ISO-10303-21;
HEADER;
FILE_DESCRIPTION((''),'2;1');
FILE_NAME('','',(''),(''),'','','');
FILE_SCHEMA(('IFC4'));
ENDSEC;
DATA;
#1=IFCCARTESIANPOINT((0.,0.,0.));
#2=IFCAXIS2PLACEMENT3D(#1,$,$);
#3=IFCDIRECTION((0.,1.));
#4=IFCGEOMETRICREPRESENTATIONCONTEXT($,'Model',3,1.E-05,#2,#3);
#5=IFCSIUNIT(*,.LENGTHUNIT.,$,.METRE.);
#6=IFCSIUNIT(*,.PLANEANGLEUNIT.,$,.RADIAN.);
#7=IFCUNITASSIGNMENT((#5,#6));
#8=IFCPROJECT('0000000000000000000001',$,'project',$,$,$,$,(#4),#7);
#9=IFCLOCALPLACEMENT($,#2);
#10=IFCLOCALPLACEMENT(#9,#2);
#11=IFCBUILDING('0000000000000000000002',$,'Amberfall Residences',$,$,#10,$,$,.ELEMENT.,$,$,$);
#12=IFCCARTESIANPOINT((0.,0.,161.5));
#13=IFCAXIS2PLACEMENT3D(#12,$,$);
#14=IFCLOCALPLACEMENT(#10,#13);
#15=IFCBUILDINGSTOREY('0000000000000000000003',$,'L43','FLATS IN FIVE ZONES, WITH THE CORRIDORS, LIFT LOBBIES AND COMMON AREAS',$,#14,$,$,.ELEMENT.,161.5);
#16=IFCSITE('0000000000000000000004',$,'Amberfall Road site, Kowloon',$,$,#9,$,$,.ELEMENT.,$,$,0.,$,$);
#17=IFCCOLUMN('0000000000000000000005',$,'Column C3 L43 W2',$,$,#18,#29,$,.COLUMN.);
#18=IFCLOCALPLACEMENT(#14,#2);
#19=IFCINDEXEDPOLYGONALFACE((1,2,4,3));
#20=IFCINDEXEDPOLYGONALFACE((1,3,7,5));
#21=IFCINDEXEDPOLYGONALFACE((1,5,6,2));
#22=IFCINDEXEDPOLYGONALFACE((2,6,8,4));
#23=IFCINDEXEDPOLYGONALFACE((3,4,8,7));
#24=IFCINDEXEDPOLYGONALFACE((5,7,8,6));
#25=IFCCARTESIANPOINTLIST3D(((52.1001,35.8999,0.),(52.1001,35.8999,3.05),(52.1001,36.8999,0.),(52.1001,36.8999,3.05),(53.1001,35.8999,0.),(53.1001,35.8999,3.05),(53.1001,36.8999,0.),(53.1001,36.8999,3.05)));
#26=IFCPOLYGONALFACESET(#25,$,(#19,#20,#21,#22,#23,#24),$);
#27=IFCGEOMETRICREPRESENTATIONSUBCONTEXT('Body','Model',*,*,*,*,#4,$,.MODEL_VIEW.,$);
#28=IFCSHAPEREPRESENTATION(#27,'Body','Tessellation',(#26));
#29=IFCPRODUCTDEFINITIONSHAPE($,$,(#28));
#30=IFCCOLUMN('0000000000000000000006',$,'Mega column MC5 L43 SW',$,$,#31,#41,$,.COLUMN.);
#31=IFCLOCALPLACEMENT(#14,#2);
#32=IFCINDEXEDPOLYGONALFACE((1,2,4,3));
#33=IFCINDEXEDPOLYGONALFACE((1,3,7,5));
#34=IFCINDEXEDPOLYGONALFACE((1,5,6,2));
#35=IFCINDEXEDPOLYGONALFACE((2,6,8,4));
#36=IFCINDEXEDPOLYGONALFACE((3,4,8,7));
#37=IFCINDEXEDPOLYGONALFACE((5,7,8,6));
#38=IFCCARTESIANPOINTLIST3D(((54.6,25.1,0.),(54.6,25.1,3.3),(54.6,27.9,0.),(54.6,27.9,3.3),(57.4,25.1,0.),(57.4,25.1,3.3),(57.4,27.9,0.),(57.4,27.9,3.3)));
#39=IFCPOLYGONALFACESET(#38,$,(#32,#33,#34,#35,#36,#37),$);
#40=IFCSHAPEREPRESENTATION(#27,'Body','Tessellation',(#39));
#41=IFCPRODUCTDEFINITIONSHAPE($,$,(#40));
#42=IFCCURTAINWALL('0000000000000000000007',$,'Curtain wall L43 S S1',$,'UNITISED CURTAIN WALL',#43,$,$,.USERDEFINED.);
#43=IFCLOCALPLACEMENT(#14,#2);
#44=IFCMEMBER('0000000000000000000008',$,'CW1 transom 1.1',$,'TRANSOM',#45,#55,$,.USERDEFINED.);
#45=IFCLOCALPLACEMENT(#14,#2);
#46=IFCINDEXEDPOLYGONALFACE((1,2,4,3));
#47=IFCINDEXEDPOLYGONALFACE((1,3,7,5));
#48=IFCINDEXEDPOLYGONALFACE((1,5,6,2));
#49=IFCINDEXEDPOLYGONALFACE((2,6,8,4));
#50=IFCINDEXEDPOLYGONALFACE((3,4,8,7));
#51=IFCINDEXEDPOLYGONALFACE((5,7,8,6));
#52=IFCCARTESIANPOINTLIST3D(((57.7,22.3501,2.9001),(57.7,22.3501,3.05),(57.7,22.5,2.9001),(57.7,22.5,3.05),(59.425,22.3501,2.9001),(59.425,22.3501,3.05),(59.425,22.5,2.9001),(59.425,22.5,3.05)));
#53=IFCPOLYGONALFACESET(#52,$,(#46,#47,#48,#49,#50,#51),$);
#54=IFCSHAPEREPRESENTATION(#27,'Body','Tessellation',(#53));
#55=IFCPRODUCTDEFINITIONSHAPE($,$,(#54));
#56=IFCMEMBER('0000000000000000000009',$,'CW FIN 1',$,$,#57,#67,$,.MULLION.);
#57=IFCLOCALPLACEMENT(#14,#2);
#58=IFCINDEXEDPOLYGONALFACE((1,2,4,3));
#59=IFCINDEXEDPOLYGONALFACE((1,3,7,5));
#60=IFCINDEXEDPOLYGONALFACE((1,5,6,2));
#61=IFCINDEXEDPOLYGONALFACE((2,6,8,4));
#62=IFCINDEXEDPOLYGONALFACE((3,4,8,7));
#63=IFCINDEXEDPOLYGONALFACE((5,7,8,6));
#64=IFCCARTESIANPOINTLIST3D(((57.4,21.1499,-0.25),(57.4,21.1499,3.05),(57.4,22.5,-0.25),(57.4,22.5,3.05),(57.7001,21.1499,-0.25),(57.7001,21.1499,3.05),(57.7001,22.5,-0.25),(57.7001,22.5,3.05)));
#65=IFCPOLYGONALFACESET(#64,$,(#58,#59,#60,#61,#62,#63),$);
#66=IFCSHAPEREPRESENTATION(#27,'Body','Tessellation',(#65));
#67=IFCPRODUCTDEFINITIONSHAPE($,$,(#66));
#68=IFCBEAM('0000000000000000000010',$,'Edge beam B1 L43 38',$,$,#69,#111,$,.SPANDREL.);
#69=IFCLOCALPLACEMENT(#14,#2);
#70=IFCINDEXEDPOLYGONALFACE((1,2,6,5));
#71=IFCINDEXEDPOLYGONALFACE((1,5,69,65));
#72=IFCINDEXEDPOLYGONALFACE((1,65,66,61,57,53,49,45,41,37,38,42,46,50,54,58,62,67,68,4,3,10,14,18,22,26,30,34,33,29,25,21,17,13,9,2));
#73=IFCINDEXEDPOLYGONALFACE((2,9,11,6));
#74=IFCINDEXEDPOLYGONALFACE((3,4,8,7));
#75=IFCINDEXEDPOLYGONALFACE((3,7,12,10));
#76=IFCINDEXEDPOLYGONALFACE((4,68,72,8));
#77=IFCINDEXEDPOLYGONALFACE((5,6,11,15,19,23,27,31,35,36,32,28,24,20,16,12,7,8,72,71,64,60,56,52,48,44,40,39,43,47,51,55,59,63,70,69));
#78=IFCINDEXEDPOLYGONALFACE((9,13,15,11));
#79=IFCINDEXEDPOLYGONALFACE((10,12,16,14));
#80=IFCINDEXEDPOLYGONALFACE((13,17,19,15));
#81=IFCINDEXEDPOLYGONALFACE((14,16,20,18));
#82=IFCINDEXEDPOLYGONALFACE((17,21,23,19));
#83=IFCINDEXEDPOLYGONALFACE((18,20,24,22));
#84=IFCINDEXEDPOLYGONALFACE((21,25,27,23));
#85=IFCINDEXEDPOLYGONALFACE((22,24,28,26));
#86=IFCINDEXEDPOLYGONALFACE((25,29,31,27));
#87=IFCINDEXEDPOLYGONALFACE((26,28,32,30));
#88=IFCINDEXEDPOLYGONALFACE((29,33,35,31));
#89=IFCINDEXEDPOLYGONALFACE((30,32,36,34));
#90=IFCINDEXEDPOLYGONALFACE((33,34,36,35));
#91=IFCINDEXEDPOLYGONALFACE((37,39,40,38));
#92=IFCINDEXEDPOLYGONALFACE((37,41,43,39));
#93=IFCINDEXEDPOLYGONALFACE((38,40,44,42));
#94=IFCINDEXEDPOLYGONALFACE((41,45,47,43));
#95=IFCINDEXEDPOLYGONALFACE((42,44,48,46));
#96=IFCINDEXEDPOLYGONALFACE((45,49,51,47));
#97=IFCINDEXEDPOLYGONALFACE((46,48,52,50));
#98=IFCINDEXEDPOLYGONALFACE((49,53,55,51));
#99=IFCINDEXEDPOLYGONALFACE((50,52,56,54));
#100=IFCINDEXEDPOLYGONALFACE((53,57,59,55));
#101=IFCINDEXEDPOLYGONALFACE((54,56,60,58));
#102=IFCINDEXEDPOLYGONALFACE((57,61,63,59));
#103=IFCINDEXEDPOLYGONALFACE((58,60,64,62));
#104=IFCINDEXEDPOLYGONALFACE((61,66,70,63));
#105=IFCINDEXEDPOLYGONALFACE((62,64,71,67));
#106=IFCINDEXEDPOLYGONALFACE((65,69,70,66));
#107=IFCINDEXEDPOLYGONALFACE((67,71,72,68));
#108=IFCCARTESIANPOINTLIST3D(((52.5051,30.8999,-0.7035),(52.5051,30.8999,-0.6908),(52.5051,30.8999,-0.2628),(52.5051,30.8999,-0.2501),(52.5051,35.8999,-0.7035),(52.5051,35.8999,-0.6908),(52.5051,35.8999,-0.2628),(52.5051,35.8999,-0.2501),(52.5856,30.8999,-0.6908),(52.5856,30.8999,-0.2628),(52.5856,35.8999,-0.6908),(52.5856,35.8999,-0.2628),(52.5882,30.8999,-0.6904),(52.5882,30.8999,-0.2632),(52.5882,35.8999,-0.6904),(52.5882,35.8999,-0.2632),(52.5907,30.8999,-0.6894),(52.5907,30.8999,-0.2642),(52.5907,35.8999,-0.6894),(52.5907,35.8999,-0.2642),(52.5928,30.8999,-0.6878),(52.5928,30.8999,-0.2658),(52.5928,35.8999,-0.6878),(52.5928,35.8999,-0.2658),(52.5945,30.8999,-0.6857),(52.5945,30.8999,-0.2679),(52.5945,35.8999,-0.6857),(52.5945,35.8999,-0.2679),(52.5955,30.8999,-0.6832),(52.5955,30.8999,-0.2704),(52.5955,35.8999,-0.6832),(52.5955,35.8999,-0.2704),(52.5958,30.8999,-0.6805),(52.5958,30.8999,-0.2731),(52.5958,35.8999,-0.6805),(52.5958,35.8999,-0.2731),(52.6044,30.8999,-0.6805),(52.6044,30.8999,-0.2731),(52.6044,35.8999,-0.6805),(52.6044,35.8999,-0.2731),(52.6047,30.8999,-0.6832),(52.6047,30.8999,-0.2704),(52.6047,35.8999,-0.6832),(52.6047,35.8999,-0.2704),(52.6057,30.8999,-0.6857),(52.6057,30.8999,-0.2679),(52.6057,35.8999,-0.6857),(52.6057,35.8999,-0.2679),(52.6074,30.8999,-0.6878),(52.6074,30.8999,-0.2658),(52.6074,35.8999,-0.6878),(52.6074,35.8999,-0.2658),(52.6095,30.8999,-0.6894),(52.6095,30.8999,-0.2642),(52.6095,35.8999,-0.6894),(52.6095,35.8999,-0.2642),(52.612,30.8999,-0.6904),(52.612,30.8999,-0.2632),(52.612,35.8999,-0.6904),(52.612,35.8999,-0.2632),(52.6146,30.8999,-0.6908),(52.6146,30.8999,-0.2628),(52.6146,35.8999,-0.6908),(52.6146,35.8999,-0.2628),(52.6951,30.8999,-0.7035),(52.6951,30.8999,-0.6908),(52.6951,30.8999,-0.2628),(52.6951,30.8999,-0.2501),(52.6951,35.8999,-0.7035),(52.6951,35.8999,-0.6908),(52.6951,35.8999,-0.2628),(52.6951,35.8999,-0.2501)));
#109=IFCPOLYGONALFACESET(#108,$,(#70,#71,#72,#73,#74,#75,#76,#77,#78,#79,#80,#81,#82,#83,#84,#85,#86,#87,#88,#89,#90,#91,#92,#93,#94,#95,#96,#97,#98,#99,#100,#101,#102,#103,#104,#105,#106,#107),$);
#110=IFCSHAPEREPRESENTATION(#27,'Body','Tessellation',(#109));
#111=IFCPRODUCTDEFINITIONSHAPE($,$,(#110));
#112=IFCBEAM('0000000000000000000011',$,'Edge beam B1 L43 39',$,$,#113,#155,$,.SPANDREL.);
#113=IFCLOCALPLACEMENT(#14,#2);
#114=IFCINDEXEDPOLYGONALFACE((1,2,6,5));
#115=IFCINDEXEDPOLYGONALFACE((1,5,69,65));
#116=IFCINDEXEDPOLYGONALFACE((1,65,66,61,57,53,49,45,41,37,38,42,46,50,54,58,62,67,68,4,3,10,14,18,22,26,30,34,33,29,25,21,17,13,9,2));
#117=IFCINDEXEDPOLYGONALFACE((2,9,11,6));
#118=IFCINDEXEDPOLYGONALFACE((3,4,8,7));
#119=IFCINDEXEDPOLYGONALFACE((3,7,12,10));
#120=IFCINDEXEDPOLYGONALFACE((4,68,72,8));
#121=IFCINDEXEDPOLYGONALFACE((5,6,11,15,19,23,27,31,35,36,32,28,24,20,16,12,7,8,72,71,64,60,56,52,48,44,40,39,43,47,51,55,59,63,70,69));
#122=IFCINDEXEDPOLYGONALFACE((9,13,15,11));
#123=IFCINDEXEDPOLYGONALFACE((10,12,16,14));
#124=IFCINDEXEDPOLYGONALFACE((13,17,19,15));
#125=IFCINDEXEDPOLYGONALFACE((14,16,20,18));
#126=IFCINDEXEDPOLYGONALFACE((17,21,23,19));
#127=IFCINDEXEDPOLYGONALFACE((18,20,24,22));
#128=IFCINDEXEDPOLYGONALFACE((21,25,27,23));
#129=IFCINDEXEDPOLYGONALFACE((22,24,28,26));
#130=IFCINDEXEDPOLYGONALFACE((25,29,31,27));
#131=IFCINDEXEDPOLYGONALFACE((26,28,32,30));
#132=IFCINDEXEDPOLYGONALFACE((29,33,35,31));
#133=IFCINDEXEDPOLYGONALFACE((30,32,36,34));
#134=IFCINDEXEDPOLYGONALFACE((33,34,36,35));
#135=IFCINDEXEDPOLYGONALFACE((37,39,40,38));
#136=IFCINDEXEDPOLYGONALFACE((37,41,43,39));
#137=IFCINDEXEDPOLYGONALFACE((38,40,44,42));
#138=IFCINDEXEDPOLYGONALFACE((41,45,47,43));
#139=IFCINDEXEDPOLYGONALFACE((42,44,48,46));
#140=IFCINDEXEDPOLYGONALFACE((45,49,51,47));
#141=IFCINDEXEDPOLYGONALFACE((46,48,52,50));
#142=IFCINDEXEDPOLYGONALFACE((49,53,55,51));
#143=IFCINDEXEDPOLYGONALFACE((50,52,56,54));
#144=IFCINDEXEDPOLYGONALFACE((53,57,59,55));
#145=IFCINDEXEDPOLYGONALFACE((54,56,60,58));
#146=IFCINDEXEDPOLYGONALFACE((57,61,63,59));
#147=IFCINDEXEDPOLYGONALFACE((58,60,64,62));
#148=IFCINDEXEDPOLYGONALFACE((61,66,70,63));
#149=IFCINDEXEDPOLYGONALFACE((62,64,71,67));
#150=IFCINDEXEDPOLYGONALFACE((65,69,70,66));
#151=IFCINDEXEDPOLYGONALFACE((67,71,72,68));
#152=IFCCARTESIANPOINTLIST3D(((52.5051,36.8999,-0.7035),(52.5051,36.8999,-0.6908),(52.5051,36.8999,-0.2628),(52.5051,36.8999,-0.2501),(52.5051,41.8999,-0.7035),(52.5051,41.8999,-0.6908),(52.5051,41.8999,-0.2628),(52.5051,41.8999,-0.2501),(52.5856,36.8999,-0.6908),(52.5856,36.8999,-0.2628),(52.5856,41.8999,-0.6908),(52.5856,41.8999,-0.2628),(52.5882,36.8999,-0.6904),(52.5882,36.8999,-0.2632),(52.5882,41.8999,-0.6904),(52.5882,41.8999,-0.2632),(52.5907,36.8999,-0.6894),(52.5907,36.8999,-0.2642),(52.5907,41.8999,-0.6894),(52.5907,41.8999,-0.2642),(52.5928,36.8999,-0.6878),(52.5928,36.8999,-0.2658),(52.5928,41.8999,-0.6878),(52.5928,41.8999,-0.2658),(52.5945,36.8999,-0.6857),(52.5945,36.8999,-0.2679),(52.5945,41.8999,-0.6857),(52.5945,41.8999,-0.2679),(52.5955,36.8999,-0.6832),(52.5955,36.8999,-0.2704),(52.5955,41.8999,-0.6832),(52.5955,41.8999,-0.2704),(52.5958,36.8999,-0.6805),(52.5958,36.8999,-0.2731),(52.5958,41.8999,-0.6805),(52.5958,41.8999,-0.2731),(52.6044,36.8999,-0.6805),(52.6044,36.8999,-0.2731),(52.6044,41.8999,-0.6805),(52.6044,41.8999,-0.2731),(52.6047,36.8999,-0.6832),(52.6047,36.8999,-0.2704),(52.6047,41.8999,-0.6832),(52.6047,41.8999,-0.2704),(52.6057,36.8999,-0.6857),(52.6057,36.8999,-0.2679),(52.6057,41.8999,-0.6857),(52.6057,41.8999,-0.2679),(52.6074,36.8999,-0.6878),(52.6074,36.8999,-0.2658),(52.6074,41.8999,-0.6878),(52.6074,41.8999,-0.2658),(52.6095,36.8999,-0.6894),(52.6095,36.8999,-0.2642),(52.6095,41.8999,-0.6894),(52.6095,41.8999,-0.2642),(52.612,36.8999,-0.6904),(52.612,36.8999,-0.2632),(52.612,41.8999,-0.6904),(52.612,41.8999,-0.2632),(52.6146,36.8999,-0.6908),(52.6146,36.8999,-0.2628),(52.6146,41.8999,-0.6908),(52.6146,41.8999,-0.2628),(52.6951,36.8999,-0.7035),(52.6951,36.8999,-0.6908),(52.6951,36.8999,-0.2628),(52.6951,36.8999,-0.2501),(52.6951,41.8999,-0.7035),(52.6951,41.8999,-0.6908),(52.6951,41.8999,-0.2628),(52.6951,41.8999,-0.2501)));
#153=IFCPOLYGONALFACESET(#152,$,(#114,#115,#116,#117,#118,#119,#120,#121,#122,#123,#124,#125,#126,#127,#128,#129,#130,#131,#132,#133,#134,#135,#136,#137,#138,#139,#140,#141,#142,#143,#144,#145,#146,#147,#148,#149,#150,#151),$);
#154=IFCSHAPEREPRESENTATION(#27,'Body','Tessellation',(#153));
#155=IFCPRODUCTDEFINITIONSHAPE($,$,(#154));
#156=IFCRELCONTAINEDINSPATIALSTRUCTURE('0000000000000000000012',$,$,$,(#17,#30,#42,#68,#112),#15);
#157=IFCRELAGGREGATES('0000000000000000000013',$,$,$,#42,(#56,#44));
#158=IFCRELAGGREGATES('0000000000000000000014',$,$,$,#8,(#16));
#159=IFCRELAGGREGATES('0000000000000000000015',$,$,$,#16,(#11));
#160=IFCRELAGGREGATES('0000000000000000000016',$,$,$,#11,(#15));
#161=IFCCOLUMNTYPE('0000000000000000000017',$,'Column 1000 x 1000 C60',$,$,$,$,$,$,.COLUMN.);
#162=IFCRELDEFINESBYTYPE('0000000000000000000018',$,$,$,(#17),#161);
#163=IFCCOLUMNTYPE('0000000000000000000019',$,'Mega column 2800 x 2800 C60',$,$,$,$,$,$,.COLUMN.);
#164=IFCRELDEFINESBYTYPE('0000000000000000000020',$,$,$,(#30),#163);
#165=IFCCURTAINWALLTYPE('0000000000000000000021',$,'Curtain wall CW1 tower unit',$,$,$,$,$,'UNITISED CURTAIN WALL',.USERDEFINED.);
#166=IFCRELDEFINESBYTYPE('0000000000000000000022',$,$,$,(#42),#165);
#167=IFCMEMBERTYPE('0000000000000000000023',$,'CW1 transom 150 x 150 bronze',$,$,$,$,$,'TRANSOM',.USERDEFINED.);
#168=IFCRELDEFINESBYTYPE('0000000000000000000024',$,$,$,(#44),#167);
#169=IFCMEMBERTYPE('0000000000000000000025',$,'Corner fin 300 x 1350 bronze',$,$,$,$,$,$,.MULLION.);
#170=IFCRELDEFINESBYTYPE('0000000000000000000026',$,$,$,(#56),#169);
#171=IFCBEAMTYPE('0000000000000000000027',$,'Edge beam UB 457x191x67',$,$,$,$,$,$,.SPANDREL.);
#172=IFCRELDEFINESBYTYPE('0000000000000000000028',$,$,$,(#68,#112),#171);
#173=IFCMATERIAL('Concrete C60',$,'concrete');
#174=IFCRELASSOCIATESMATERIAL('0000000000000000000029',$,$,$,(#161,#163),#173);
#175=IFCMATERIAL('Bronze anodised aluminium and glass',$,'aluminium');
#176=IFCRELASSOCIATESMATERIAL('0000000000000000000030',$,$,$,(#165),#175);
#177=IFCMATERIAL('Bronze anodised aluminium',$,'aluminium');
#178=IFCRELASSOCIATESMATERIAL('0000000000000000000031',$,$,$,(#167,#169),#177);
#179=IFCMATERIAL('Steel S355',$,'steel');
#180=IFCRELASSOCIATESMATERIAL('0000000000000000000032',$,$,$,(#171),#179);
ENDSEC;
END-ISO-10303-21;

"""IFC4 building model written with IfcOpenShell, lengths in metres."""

from ifc_helpers import new_model, si_unit, direction, frame, origin, origin_2d, place, context, subcontext, project, spatial, rectangle, i_section, extrude, material, material_profile, profile_set, type_object, element, aggregate, save


model = new_model("IFC4")

# Units and contexts
model_context = context("Model", 3, precision=1e-05, world=origin(), true_north=direction((0.0, 1.0)))
body_context = subcontext(model_context, "Body", "Model", "MODEL_VIEW")
ifc_project = project(units=[si_unit("LENGTHUNIT", "METRE"), si_unit("PLANEANGLEUNIT", "RADIAN")], contexts=[model_context])

# Site, building, storey
site_placement = place(None, origin())
site = spatial("IfcSite", under=ifc_project, at=site_placement, Name="Amberfall Road site, Kowloon", CompositionType="ELEMENT", RefElevation=0.0)
building_placement = place(site_placement, origin())
building = spatial("IfcBuilding", under=site, at=building_placement, Name="Amberfall Residences", CompositionType="ELEMENT")
storey_placement = place(building_placement, frame((0.0, 0.0, 161.5)))
storey = spatial("IfcBuildingStorey", under=building, at=storey_placement, Name="L43", Description="FLATS IN FIVE ZONES, WITH THE CORRIDORS, LIFT LOBBIES AND COMMON AREAS", CompositionType="ELEMENT", Elevation=161.5)

# Columns
ifc_material_1 = material(Name="Concrete C60", Category="concrete")
ifc_material_profile_1 = material_profile(ifc_material_1, rectangle(XDim=1.0, YDim=1.0, at=origin_2d()), Name="Column 1000 x 1000 C60")
ifc_profile_set_1 = profile_set([ifc_material_profile_1], Name="Concrete C60")
column_type_1 = type_object("IfcColumnType", Name="Column 1000 x 1000 C60", PredefinedType="COLUMN", material=ifc_profile_set_1)
column_1_placement = place(storey_placement, frame((52.6001, 36.3999, 0.0), z_axis=(0.0, 0.0, 1.0), x_axis=(1.0, 0.0, 0.0)))
element("IfcColumn", 1, at=column_1_placement, inside=storey, type_object=column_type_1, Name="Column C3 L43 W2", PredefinedType="COLUMN", context=body_context, shape_type="SweptSolid", body=[
    extrude(rectangle(XDim=1.0, YDim=1.0, at=origin_2d()), origin(), (0.0, 0.0, 1.0), 3.05),
])
ifc_material_profile_2 = material_profile(ifc_material_1, rectangle(XDim=2.8, YDim=2.8, at=origin_2d()), Name="Mega column 2800 x 2800 C60")
ifc_profile_set_2 = profile_set([ifc_material_profile_2], Name="Concrete C60")
column_type_2 = type_object("IfcColumnType", Name="Mega column 2800 x 2800 C60", PredefinedType="COLUMN", material=ifc_profile_set_2)
column_2_placement = place(storey_placement, frame((56.0, 26.5, 0.0), z_axis=(0.0, 0.0, 1.0), x_axis=(1.0, 0.0, 0.0)))
element("IfcColumn", 2, at=column_2_placement, inside=storey, type_object=column_type_2, Name="Mega column MC5 L43 SW", PredefinedType="COLUMN", context=body_context, shape_type="SweptSolid", body=[
    extrude(rectangle(XDim=2.8, YDim=2.8, at=origin_2d()), origin(), (0.0, 0.0, 1.0), 3.3),
])

# Curtain wall, members
ifc_material_2 = material(Name="Bronze anodised aluminium and glass", Category="aluminium")
curtain_wall_type = type_object("IfcCurtainWallType", Name="Curtain wall CW1 tower unit", ElementType="UNITISED CURTAIN WALL", PredefinedType="USERDEFINED", material=ifc_material_2)
curtain_wall_placement = place(storey_placement, origin())
curtain_wall = element("IfcCurtainWall", 3, at=curtain_wall_placement, inside=storey, type_object=curtain_wall_type, Name="Curtain wall L43 S S1", ObjectType="UNITISED CURTAIN WALL", PredefinedType="USERDEFINED")
ifc_material_3 = material(Name="Bronze anodised aluminium", Category="aluminium")
ifc_material_profile_3 = material_profile(ifc_material_3, rectangle(XDim=0.1499, YDim=0.1499, at=origin_2d()), Name="CW1 transom 150 x 150 bronze")
ifc_profile_set_3 = profile_set([ifc_material_profile_3], Name="Bronze anodised aluminium")
member_type_1 = type_object("IfcMemberType", Name="CW1 transom 150 x 150 bronze", ElementType="TRANSOM", PredefinedType="USERDEFINED", material=ifc_profile_set_3)
member_1_placement = place(storey_placement, frame((57.7, 22.425, 2.9751), z_axis=(1.0, 0.0, 0.0), x_axis=(0.0, 1.0, 0.0)))
member_1 = element("IfcMember", 4, at=member_1_placement, type_object=member_type_1, Name="CW1 transom 1.1", ObjectType="TRANSOM", PredefinedType="USERDEFINED", context=body_context, shape_type="SweptSolid", body=[
    extrude(rectangle(XDim=0.1499, YDim=0.1499, at=origin_2d()), origin(), (0.0, 0.0, 1.0), 1.7251),
])
ifc_material_profile_4 = material_profile(ifc_material_3, rectangle(XDim=1.3501, YDim=0.3, at=origin_2d()), Name="Corner fin 300 x 1350 bronze")
ifc_profile_set_4 = profile_set([ifc_material_profile_4], Name="Bronze anodised aluminium")
member_type_2 = type_object("IfcMemberType", Name="Corner fin 300 x 1350 bronze", PredefinedType="MULLION", material=ifc_profile_set_4)
member_2_placement = place(storey_placement, frame((57.55, 21.825, -0.25), z_axis=(0.0, 0.0, 1.0), x_axis=(0.0, 1.0, 0.0)))
member_2 = element("IfcMember", 5, at=member_2_placement, type_object=member_type_2, Name="CW FIN 1", PredefinedType="MULLION", context=body_context, shape_type="SweptSolid", body=[
    extrude(rectangle(XDim=1.3501, YDim=0.3, at=origin_2d()), origin(), (0.0, 0.0, 1.0), 3.3),
])

# Beams
ifc_material_4 = material(Name="Steel S355", Category="steel")
ifc_material_profile_5 = material_profile(ifc_material_4, i_section(OverallWidth=0.1899, OverallDepth=0.4534, WebThickness=0.0085, FlangeThickness=0.0127, FilletRadius=0.0103, at=origin_2d()), Name="UB 457x191x67")
ifc_profile_set_5 = profile_set([ifc_material_profile_5], Name="Steel S355")
beam_type_1 = type_object("IfcBeamType", Name="Edge beam UB 457x191x67", PredefinedType="SPANDREL", material=ifc_profile_set_5)
for number, where, z_axis, x_axis, name in (
    (6, (52.6001, 30.8999, -0.4768), (0.0, 1.0, 0.0), (-1.0, 0.0, 0.0), "Edge beam B1 L43 38"),
    (7, (52.6001, 36.8999, -0.4768), (0.0, 1.0, 0.0), (-1.0, 0.0, 0.0), "Edge beam B1 L43 39"),
):
    element("IfcBeam", number, at=place(storey_placement, frame(where, z_axis=z_axis, x_axis=x_axis)), inside=storey, type_object=beam_type_1, Name=name, PredefinedType="SPANDREL", context=body_context, shape_type="SweptSolid", body=[
        extrude(i_section(OverallWidth=0.1899, OverallDepth=0.4534, WebThickness=0.0085, FlangeThickness=0.0127, FilletRadius=0.0103, at=origin_2d()), origin(), (0.0, 0.0, 1.0), 5.0),
    ])

aggregate(curtain_wall, [member_2, member_1])

save(model, "model.ifc")
